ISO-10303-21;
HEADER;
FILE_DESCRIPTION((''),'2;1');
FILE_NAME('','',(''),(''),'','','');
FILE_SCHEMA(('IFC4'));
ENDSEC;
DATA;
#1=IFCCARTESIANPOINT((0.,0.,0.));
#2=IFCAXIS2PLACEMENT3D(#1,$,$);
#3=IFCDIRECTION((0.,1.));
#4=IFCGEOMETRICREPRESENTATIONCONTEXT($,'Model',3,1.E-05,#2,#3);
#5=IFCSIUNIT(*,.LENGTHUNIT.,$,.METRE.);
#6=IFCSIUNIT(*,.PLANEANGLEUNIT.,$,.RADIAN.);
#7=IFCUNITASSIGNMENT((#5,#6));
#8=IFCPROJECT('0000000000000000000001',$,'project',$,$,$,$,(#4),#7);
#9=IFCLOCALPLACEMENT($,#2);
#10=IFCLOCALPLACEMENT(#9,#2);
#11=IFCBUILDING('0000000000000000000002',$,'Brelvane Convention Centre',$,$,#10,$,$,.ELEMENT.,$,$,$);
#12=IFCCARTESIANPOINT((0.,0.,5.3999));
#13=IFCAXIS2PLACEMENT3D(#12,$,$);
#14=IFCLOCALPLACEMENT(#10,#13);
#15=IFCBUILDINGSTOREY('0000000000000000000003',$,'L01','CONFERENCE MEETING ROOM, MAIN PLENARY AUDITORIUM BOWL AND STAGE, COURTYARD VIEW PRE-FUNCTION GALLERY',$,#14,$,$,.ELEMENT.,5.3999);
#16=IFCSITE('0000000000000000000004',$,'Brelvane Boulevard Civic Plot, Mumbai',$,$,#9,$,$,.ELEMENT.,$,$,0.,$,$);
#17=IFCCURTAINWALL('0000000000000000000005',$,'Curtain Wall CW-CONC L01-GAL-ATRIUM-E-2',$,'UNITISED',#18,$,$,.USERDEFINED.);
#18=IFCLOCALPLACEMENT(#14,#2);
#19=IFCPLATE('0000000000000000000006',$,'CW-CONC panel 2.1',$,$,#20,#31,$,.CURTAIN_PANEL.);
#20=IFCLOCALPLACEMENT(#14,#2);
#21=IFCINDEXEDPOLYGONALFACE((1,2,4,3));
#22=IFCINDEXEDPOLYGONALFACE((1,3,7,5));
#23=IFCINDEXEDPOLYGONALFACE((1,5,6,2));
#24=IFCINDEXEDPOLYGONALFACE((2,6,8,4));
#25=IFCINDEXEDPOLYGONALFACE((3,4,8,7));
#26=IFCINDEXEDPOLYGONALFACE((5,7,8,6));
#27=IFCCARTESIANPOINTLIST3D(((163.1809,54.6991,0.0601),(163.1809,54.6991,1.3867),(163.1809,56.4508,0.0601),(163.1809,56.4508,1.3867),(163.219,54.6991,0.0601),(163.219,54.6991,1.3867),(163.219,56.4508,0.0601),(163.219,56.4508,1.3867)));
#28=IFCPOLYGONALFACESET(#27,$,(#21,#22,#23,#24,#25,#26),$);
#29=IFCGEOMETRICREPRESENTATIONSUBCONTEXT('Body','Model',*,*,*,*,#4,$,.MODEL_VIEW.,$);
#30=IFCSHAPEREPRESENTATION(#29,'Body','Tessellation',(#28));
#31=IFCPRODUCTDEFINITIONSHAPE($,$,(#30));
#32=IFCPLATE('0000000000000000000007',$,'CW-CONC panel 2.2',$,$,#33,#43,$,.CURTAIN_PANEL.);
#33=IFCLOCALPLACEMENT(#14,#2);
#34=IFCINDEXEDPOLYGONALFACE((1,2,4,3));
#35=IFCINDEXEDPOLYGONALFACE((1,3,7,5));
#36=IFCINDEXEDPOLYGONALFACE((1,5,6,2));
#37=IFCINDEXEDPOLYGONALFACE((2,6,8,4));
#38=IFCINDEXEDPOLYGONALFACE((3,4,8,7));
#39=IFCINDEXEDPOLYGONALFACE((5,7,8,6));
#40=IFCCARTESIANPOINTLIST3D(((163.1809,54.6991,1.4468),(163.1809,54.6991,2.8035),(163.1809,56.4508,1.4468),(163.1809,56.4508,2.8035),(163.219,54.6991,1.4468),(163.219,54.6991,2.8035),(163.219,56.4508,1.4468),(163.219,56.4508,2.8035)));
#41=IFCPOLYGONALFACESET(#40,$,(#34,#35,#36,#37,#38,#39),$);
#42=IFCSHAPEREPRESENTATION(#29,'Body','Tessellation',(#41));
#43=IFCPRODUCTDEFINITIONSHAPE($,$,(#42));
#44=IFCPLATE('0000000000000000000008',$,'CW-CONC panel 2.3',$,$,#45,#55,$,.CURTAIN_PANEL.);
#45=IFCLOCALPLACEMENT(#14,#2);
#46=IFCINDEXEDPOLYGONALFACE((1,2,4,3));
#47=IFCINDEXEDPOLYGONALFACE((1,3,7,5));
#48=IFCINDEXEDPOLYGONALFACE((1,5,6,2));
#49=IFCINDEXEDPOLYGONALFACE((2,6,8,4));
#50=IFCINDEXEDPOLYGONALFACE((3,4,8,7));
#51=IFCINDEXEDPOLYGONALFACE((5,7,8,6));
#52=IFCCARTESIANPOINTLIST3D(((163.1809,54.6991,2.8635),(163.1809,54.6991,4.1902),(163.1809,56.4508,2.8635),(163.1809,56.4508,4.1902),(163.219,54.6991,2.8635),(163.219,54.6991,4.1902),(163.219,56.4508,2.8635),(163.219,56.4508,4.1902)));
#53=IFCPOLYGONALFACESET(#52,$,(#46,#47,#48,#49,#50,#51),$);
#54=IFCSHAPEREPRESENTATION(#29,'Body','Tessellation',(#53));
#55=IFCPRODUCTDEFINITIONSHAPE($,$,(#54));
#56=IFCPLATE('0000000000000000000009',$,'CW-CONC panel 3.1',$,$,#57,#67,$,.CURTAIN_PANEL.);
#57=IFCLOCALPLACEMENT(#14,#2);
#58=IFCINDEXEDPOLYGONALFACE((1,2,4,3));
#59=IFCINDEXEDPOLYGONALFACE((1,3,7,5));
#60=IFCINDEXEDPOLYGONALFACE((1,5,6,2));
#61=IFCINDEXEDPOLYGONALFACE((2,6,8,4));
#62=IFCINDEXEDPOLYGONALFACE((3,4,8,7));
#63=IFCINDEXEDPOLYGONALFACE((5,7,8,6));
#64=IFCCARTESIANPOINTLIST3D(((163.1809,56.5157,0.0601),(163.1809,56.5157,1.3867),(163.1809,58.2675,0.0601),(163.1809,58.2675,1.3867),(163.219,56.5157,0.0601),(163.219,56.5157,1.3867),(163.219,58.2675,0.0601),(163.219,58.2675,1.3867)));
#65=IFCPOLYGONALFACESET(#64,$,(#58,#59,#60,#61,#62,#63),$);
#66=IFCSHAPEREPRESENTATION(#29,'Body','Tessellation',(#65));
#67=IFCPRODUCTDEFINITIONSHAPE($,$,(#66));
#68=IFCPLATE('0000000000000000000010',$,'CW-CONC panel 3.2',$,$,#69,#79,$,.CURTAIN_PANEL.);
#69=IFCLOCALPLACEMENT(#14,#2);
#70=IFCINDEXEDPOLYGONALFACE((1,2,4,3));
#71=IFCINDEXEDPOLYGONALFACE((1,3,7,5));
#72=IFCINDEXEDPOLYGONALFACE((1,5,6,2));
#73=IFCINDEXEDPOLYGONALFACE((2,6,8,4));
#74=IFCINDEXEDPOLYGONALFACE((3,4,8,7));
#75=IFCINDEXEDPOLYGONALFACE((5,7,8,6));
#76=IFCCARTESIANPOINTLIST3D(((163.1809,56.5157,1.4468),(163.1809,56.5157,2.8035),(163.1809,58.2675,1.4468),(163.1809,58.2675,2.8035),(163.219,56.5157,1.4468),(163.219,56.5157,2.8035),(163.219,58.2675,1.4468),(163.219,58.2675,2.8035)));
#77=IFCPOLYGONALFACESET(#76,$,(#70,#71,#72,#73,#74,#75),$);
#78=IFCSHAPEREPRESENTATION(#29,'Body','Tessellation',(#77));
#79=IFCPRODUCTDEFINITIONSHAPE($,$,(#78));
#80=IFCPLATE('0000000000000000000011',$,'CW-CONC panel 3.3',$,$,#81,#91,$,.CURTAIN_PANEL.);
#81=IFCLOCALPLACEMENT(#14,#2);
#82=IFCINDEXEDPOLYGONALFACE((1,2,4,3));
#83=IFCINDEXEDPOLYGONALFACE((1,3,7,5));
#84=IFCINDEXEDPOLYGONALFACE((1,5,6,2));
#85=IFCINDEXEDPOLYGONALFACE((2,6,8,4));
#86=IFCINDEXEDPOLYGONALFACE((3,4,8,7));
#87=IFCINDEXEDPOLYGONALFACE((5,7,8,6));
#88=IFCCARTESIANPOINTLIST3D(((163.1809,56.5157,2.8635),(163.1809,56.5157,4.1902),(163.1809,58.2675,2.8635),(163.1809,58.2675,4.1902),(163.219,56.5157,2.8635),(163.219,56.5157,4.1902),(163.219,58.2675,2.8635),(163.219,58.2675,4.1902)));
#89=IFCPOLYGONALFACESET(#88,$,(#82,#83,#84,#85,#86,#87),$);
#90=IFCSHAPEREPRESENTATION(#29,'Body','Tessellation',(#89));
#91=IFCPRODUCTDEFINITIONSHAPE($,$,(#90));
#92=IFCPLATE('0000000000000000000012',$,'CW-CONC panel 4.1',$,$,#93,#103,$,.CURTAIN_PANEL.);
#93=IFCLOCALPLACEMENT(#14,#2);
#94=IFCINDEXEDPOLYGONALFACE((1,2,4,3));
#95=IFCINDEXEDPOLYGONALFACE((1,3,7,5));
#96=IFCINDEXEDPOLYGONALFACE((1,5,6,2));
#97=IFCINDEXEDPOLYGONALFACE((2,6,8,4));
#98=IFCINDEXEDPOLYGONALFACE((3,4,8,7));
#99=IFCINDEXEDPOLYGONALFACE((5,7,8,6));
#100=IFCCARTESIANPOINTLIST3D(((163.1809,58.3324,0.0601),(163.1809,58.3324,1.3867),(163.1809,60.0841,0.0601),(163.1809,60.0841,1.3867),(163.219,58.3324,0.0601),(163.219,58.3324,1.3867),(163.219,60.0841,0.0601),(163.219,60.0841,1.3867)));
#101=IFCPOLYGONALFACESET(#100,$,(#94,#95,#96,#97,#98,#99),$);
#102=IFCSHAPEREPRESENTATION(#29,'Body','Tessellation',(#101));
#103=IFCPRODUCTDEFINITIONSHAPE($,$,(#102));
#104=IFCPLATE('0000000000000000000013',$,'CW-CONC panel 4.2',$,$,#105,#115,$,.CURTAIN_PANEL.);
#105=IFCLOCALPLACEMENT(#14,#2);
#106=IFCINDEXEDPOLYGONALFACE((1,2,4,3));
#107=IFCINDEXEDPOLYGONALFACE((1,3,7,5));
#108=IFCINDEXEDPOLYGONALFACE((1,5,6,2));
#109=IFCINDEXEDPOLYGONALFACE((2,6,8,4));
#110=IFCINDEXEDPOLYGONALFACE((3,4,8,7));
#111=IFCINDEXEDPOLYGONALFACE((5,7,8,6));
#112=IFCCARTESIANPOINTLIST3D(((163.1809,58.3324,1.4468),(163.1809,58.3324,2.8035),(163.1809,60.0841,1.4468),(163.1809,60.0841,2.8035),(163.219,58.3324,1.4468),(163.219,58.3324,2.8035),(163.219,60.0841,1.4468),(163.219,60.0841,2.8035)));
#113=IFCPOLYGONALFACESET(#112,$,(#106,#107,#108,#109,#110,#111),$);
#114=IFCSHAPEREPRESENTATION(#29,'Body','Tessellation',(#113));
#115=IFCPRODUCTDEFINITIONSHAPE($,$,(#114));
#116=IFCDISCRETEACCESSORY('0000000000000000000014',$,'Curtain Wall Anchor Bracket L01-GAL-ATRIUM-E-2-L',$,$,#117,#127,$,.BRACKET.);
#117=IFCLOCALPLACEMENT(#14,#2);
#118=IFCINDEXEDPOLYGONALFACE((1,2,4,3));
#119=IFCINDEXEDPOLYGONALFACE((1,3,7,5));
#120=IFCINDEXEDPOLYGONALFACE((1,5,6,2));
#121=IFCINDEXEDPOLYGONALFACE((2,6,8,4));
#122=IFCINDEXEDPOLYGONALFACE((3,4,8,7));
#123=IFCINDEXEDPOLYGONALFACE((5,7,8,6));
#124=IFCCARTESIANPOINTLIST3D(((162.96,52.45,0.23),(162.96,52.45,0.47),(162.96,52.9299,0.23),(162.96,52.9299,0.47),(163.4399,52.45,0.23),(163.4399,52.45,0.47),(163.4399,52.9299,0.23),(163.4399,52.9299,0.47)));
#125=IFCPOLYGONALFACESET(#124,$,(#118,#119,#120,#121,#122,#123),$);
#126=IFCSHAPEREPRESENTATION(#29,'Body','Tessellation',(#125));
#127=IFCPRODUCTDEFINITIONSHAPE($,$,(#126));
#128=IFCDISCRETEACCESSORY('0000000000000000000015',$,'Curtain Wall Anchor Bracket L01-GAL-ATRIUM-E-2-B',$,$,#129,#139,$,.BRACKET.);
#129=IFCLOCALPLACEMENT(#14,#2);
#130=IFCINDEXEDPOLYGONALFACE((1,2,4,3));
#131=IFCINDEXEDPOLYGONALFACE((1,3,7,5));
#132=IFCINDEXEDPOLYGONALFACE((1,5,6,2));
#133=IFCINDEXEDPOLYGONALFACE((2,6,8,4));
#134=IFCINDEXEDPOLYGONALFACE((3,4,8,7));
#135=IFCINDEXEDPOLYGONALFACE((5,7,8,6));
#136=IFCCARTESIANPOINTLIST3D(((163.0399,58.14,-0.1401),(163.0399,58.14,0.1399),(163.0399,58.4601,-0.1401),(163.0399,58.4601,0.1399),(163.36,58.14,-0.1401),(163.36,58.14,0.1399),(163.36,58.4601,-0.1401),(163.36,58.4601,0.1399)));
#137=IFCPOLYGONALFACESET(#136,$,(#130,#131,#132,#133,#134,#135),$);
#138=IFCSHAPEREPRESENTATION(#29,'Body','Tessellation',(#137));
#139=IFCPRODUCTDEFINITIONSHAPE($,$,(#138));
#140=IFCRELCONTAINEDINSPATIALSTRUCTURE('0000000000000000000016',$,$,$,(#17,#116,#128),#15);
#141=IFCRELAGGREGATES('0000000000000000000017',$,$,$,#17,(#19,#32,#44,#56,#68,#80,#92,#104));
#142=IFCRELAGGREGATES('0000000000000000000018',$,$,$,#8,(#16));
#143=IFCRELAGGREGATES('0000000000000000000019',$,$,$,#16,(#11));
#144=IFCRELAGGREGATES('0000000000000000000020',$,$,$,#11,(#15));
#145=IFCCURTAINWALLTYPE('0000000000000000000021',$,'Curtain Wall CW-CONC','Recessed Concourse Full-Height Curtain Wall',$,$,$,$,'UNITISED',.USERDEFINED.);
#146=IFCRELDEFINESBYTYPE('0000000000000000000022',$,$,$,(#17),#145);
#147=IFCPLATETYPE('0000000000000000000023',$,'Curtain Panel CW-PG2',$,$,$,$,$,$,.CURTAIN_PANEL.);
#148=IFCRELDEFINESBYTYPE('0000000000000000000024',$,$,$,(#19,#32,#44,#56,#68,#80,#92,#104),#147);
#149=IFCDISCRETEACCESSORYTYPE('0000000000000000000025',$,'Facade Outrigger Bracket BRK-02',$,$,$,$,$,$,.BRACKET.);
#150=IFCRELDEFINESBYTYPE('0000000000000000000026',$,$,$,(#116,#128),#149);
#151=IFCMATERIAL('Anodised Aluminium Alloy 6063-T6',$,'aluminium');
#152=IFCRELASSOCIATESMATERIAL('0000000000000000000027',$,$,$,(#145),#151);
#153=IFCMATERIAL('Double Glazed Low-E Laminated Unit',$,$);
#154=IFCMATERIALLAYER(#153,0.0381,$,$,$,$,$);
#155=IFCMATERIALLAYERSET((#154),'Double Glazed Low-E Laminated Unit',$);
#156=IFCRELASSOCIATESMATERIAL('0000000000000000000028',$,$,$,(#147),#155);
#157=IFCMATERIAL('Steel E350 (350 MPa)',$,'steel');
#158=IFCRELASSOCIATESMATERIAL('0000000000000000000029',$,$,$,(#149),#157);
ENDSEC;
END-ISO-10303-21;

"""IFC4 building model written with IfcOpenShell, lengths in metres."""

from ifc_helpers import new_model, si_unit, direction, frame, origin, origin_2d, place, context, subcontext, project, spatial, rectangle, extrude, material, layer, layer_set, type_object, element, aggregate, save


model = new_model("IFC4")

# Units and contexts
model_context = context("Model", 3, precision=1e-05, world=origin(), true_north=direction((0.0, 1.0)))
body_context = subcontext(model_context, "Body", "Model", "MODEL_VIEW")
ifc_project = project(units=[si_unit("LENGTHUNIT", "METRE"), si_unit("PLANEANGLEUNIT", "RADIAN")], contexts=[model_context])

# Site, building, storey
site_placement = place(None, origin())
site = spatial("IfcSite", under=ifc_project, at=site_placement, Name="Brelvane Boulevard Civic Plot, Mumbai", CompositionType="ELEMENT", RefElevation=0.0)
building_placement = place(site_placement, origin())
building = spatial("IfcBuilding", under=site, at=building_placement, Name="Brelvane Convention Centre", CompositionType="ELEMENT")
storey_placement = place(building_placement, frame((0.0, 0.0, 5.3999)))
storey = spatial("IfcBuildingStorey", under=building, at=storey_placement, Name="L01", Description="CONFERENCE MEETING ROOM, MAIN PLENARY AUDITORIUM BOWL AND STAGE, COURTYARD VIEW PRE-FUNCTION GALLERY", CompositionType="ELEMENT", Elevation=5.3999)

# Curtain wall
ifc_material_1 = material(Name="Anodised Aluminium Alloy 6063-T6", Category="aluminium")
curtain_wall_type = type_object("IfcCurtainWallType", Name="Curtain Wall CW-CONC", Description="Recessed Concourse Full-Height Curtain Wall", ElementType="UNITISED", PredefinedType="USERDEFINED", material=ifc_material_1)
curtain_wall_placement = place(storey_placement, origin())
curtain_wall = element("IfcCurtainWall", 1, at=curtain_wall_placement, inside=storey, type_object=curtain_wall_type, Name="Curtain Wall CW-CONC L01-GAL-ATRIUM-E-2", ObjectType="UNITISED", PredefinedType="USERDEFINED")

# Plates
ifc_material_2 = material(Name="Double Glazed Low-E Laminated Unit")
ifc_layer = layer(ifc_material_2, 0.0381)
ifc_layer_set = layer_set([ifc_layer], Name="Double Glazed Low-E Laminated Unit")
plate_type = type_object("IfcPlateType", Name="Curtain Panel CW-PG2", PredefinedType="CURTAIN_PANEL", material=ifc_layer_set)
plate_1_placement = place(storey_placement, frame((163.2, 55.575, 0.0601), z_axis=(0.0, 0.0, 1.0), x_axis=(0.0, 1.0, 0.0)))
plate_1 = element("IfcPlate", 2, at=plate_1_placement, type_object=plate_type, Name="CW-CONC panel 2.1", PredefinedType="CURTAIN_PANEL", context=body_context, shape_type="SweptSolid", body=[
    extrude(rectangle(XDim=1.7517, YDim=0.0381, at=origin_2d()), origin(), (0.0, 0.0, 1.0), 1.3267),
])
plate_2_placement = place(storey_placement, frame((163.2, 55.575, 1.4468), z_axis=(0.0, 0.0, 1.0), x_axis=(0.0, 1.0, 0.0)))
plate_2 = element("IfcPlate", 3, at=plate_2_placement, type_object=plate_type, Name="CW-CONC panel 2.2", PredefinedType="CURTAIN_PANEL", context=body_context, shape_type="SweptSolid", body=[
    extrude(rectangle(XDim=1.7517, YDim=0.0381, at=origin_2d()), origin(), (0.0, 0.0, 1.0), 1.3567),
])
plate_3_placement = place(storey_placement, frame((163.2, 55.575, 2.8635), z_axis=(0.0, 0.0, 1.0), x_axis=(0.0, 1.0, 0.0)))
plate_3 = element("IfcPlate", 4, at=plate_3_placement, type_object=plate_type, Name="CW-CONC panel 2.3", PredefinedType="CURTAIN_PANEL", context=body_context, shape_type="SweptSolid", body=[
    extrude(rectangle(XDim=1.7517, YDim=0.0381, at=origin_2d()), origin(), (0.0, 0.0, 1.0), 1.3267),
])
plate_4_placement = place(storey_placement, frame((163.2, 57.3916, 0.0601), z_axis=(0.0, 0.0, 1.0), x_axis=(0.0, 1.0, 0.0)))
plate_4 = element("IfcPlate", 5, at=plate_4_placement, type_object=plate_type, Name="CW-CONC panel 3.1", PredefinedType="CURTAIN_PANEL", context=body_context, shape_type="SweptSolid", body=[
    extrude(rectangle(XDim=1.7517, YDim=0.0381, at=origin_2d()), origin(), (0.0, 0.0, 1.0), 1.3267),
])
plate_5_placement = place(storey_placement, frame((163.2, 57.3916, 1.4468), z_axis=(0.0, 0.0, 1.0), x_axis=(0.0, 1.0, 0.0)))
plate_5 = element("IfcPlate", 6, at=plate_5_placement, type_object=plate_type, Name="CW-CONC panel 3.2", PredefinedType="CURTAIN_PANEL", context=body_context, shape_type="SweptSolid", body=[
    extrude(rectangle(XDim=1.7517, YDim=0.0381, at=origin_2d()), origin(), (0.0, 0.0, 1.0), 1.3567),
])
plate_6_placement = place(storey_placement, frame((163.2, 57.3916, 2.8635), z_axis=(0.0, 0.0, 1.0), x_axis=(0.0, 1.0, 0.0)))
plate_6 = element("IfcPlate", 7, at=plate_6_placement, type_object=plate_type, Name="CW-CONC panel 3.3", PredefinedType="CURTAIN_PANEL", context=body_context, shape_type="SweptSolid", body=[
    extrude(rectangle(XDim=1.7517, YDim=0.0381, at=origin_2d()), origin(), (0.0, 0.0, 1.0), 1.3267),
])
plate_7_placement = place(storey_placement, frame((163.2, 59.2083, 0.0601), z_axis=(0.0, 0.0, 1.0), x_axis=(0.0, 1.0, 0.0)))
plate_7 = element("IfcPlate", 8, at=plate_7_placement, type_object=plate_type, Name="CW-CONC panel 4.1", PredefinedType="CURTAIN_PANEL", context=body_context, shape_type="SweptSolid", body=[
    extrude(rectangle(XDim=1.7517, YDim=0.0381, at=origin_2d()), origin(), (0.0, 0.0, 1.0), 1.3267),
])
plate_8_placement = place(storey_placement, frame((163.2, 59.2083, 1.4468), z_axis=(0.0, 0.0, 1.0), x_axis=(0.0, 1.0, 0.0)))
plate_8 = element("IfcPlate", 9, at=plate_8_placement, type_object=plate_type, Name="CW-CONC panel 4.2", PredefinedType="CURTAIN_PANEL", context=body_context, shape_type="SweptSolid", body=[
    extrude(rectangle(XDim=1.7517, YDim=0.0381, at=origin_2d()), origin(), (0.0, 0.0, 1.0), 1.3567),
])
aggregate(curtain_wall, [plate_1, plate_2, plate_3, plate_4, plate_5, plate_6, plate_7, plate_8])

# Discrete accessories
ifc_material_3 = material(Name="Steel E350 (350 MPa)", Category="steel")
discrete_accessory_type = type_object("IfcDiscreteAccessoryType", Name="Facade Outrigger Bracket BRK-02", PredefinedType="BRACKET", material=ifc_material_3)
discrete_accessory_1_placement = place(storey_placement, frame((163.2, 52.6899, 0.23), z_axis=(0.0, 0.0, 1.0), x_axis=(1.0, 0.0, 0.0)))
element("IfcDiscreteAccessory", 10, at=discrete_accessory_1_placement, inside=storey, type_object=discrete_accessory_type, Name="Curtain Wall Anchor Bracket L01-GAL-ATRIUM-E-2-L", PredefinedType="BRACKET", context=body_context, shape_type="SweptSolid", body=[
    extrude(rectangle(XDim=0.48, YDim=0.48, at=origin_2d()), origin(), (0.0, 0.0, 1.0), 0.24),
])
discrete_accessory_2_placement = place(storey_placement, frame((163.2, 58.3, -0.1401), z_axis=(0.0, 0.0, 1.0), x_axis=(1.0, 0.0, 0.0)))
element("IfcDiscreteAccessory", 11, at=discrete_accessory_2_placement, inside=storey, type_object=discrete_accessory_type, Name="Curtain Wall Anchor Bracket L01-GAL-ATRIUM-E-2-B", PredefinedType="BRACKET", context=body_context, shape_type="SweptSolid", body=[
    extrude(rectangle(XDim=0.3201, YDim=0.3201, at=origin_2d()), origin(), (0.0, 0.0, 1.0), 0.28),
])

save(model, "model.ifc")
